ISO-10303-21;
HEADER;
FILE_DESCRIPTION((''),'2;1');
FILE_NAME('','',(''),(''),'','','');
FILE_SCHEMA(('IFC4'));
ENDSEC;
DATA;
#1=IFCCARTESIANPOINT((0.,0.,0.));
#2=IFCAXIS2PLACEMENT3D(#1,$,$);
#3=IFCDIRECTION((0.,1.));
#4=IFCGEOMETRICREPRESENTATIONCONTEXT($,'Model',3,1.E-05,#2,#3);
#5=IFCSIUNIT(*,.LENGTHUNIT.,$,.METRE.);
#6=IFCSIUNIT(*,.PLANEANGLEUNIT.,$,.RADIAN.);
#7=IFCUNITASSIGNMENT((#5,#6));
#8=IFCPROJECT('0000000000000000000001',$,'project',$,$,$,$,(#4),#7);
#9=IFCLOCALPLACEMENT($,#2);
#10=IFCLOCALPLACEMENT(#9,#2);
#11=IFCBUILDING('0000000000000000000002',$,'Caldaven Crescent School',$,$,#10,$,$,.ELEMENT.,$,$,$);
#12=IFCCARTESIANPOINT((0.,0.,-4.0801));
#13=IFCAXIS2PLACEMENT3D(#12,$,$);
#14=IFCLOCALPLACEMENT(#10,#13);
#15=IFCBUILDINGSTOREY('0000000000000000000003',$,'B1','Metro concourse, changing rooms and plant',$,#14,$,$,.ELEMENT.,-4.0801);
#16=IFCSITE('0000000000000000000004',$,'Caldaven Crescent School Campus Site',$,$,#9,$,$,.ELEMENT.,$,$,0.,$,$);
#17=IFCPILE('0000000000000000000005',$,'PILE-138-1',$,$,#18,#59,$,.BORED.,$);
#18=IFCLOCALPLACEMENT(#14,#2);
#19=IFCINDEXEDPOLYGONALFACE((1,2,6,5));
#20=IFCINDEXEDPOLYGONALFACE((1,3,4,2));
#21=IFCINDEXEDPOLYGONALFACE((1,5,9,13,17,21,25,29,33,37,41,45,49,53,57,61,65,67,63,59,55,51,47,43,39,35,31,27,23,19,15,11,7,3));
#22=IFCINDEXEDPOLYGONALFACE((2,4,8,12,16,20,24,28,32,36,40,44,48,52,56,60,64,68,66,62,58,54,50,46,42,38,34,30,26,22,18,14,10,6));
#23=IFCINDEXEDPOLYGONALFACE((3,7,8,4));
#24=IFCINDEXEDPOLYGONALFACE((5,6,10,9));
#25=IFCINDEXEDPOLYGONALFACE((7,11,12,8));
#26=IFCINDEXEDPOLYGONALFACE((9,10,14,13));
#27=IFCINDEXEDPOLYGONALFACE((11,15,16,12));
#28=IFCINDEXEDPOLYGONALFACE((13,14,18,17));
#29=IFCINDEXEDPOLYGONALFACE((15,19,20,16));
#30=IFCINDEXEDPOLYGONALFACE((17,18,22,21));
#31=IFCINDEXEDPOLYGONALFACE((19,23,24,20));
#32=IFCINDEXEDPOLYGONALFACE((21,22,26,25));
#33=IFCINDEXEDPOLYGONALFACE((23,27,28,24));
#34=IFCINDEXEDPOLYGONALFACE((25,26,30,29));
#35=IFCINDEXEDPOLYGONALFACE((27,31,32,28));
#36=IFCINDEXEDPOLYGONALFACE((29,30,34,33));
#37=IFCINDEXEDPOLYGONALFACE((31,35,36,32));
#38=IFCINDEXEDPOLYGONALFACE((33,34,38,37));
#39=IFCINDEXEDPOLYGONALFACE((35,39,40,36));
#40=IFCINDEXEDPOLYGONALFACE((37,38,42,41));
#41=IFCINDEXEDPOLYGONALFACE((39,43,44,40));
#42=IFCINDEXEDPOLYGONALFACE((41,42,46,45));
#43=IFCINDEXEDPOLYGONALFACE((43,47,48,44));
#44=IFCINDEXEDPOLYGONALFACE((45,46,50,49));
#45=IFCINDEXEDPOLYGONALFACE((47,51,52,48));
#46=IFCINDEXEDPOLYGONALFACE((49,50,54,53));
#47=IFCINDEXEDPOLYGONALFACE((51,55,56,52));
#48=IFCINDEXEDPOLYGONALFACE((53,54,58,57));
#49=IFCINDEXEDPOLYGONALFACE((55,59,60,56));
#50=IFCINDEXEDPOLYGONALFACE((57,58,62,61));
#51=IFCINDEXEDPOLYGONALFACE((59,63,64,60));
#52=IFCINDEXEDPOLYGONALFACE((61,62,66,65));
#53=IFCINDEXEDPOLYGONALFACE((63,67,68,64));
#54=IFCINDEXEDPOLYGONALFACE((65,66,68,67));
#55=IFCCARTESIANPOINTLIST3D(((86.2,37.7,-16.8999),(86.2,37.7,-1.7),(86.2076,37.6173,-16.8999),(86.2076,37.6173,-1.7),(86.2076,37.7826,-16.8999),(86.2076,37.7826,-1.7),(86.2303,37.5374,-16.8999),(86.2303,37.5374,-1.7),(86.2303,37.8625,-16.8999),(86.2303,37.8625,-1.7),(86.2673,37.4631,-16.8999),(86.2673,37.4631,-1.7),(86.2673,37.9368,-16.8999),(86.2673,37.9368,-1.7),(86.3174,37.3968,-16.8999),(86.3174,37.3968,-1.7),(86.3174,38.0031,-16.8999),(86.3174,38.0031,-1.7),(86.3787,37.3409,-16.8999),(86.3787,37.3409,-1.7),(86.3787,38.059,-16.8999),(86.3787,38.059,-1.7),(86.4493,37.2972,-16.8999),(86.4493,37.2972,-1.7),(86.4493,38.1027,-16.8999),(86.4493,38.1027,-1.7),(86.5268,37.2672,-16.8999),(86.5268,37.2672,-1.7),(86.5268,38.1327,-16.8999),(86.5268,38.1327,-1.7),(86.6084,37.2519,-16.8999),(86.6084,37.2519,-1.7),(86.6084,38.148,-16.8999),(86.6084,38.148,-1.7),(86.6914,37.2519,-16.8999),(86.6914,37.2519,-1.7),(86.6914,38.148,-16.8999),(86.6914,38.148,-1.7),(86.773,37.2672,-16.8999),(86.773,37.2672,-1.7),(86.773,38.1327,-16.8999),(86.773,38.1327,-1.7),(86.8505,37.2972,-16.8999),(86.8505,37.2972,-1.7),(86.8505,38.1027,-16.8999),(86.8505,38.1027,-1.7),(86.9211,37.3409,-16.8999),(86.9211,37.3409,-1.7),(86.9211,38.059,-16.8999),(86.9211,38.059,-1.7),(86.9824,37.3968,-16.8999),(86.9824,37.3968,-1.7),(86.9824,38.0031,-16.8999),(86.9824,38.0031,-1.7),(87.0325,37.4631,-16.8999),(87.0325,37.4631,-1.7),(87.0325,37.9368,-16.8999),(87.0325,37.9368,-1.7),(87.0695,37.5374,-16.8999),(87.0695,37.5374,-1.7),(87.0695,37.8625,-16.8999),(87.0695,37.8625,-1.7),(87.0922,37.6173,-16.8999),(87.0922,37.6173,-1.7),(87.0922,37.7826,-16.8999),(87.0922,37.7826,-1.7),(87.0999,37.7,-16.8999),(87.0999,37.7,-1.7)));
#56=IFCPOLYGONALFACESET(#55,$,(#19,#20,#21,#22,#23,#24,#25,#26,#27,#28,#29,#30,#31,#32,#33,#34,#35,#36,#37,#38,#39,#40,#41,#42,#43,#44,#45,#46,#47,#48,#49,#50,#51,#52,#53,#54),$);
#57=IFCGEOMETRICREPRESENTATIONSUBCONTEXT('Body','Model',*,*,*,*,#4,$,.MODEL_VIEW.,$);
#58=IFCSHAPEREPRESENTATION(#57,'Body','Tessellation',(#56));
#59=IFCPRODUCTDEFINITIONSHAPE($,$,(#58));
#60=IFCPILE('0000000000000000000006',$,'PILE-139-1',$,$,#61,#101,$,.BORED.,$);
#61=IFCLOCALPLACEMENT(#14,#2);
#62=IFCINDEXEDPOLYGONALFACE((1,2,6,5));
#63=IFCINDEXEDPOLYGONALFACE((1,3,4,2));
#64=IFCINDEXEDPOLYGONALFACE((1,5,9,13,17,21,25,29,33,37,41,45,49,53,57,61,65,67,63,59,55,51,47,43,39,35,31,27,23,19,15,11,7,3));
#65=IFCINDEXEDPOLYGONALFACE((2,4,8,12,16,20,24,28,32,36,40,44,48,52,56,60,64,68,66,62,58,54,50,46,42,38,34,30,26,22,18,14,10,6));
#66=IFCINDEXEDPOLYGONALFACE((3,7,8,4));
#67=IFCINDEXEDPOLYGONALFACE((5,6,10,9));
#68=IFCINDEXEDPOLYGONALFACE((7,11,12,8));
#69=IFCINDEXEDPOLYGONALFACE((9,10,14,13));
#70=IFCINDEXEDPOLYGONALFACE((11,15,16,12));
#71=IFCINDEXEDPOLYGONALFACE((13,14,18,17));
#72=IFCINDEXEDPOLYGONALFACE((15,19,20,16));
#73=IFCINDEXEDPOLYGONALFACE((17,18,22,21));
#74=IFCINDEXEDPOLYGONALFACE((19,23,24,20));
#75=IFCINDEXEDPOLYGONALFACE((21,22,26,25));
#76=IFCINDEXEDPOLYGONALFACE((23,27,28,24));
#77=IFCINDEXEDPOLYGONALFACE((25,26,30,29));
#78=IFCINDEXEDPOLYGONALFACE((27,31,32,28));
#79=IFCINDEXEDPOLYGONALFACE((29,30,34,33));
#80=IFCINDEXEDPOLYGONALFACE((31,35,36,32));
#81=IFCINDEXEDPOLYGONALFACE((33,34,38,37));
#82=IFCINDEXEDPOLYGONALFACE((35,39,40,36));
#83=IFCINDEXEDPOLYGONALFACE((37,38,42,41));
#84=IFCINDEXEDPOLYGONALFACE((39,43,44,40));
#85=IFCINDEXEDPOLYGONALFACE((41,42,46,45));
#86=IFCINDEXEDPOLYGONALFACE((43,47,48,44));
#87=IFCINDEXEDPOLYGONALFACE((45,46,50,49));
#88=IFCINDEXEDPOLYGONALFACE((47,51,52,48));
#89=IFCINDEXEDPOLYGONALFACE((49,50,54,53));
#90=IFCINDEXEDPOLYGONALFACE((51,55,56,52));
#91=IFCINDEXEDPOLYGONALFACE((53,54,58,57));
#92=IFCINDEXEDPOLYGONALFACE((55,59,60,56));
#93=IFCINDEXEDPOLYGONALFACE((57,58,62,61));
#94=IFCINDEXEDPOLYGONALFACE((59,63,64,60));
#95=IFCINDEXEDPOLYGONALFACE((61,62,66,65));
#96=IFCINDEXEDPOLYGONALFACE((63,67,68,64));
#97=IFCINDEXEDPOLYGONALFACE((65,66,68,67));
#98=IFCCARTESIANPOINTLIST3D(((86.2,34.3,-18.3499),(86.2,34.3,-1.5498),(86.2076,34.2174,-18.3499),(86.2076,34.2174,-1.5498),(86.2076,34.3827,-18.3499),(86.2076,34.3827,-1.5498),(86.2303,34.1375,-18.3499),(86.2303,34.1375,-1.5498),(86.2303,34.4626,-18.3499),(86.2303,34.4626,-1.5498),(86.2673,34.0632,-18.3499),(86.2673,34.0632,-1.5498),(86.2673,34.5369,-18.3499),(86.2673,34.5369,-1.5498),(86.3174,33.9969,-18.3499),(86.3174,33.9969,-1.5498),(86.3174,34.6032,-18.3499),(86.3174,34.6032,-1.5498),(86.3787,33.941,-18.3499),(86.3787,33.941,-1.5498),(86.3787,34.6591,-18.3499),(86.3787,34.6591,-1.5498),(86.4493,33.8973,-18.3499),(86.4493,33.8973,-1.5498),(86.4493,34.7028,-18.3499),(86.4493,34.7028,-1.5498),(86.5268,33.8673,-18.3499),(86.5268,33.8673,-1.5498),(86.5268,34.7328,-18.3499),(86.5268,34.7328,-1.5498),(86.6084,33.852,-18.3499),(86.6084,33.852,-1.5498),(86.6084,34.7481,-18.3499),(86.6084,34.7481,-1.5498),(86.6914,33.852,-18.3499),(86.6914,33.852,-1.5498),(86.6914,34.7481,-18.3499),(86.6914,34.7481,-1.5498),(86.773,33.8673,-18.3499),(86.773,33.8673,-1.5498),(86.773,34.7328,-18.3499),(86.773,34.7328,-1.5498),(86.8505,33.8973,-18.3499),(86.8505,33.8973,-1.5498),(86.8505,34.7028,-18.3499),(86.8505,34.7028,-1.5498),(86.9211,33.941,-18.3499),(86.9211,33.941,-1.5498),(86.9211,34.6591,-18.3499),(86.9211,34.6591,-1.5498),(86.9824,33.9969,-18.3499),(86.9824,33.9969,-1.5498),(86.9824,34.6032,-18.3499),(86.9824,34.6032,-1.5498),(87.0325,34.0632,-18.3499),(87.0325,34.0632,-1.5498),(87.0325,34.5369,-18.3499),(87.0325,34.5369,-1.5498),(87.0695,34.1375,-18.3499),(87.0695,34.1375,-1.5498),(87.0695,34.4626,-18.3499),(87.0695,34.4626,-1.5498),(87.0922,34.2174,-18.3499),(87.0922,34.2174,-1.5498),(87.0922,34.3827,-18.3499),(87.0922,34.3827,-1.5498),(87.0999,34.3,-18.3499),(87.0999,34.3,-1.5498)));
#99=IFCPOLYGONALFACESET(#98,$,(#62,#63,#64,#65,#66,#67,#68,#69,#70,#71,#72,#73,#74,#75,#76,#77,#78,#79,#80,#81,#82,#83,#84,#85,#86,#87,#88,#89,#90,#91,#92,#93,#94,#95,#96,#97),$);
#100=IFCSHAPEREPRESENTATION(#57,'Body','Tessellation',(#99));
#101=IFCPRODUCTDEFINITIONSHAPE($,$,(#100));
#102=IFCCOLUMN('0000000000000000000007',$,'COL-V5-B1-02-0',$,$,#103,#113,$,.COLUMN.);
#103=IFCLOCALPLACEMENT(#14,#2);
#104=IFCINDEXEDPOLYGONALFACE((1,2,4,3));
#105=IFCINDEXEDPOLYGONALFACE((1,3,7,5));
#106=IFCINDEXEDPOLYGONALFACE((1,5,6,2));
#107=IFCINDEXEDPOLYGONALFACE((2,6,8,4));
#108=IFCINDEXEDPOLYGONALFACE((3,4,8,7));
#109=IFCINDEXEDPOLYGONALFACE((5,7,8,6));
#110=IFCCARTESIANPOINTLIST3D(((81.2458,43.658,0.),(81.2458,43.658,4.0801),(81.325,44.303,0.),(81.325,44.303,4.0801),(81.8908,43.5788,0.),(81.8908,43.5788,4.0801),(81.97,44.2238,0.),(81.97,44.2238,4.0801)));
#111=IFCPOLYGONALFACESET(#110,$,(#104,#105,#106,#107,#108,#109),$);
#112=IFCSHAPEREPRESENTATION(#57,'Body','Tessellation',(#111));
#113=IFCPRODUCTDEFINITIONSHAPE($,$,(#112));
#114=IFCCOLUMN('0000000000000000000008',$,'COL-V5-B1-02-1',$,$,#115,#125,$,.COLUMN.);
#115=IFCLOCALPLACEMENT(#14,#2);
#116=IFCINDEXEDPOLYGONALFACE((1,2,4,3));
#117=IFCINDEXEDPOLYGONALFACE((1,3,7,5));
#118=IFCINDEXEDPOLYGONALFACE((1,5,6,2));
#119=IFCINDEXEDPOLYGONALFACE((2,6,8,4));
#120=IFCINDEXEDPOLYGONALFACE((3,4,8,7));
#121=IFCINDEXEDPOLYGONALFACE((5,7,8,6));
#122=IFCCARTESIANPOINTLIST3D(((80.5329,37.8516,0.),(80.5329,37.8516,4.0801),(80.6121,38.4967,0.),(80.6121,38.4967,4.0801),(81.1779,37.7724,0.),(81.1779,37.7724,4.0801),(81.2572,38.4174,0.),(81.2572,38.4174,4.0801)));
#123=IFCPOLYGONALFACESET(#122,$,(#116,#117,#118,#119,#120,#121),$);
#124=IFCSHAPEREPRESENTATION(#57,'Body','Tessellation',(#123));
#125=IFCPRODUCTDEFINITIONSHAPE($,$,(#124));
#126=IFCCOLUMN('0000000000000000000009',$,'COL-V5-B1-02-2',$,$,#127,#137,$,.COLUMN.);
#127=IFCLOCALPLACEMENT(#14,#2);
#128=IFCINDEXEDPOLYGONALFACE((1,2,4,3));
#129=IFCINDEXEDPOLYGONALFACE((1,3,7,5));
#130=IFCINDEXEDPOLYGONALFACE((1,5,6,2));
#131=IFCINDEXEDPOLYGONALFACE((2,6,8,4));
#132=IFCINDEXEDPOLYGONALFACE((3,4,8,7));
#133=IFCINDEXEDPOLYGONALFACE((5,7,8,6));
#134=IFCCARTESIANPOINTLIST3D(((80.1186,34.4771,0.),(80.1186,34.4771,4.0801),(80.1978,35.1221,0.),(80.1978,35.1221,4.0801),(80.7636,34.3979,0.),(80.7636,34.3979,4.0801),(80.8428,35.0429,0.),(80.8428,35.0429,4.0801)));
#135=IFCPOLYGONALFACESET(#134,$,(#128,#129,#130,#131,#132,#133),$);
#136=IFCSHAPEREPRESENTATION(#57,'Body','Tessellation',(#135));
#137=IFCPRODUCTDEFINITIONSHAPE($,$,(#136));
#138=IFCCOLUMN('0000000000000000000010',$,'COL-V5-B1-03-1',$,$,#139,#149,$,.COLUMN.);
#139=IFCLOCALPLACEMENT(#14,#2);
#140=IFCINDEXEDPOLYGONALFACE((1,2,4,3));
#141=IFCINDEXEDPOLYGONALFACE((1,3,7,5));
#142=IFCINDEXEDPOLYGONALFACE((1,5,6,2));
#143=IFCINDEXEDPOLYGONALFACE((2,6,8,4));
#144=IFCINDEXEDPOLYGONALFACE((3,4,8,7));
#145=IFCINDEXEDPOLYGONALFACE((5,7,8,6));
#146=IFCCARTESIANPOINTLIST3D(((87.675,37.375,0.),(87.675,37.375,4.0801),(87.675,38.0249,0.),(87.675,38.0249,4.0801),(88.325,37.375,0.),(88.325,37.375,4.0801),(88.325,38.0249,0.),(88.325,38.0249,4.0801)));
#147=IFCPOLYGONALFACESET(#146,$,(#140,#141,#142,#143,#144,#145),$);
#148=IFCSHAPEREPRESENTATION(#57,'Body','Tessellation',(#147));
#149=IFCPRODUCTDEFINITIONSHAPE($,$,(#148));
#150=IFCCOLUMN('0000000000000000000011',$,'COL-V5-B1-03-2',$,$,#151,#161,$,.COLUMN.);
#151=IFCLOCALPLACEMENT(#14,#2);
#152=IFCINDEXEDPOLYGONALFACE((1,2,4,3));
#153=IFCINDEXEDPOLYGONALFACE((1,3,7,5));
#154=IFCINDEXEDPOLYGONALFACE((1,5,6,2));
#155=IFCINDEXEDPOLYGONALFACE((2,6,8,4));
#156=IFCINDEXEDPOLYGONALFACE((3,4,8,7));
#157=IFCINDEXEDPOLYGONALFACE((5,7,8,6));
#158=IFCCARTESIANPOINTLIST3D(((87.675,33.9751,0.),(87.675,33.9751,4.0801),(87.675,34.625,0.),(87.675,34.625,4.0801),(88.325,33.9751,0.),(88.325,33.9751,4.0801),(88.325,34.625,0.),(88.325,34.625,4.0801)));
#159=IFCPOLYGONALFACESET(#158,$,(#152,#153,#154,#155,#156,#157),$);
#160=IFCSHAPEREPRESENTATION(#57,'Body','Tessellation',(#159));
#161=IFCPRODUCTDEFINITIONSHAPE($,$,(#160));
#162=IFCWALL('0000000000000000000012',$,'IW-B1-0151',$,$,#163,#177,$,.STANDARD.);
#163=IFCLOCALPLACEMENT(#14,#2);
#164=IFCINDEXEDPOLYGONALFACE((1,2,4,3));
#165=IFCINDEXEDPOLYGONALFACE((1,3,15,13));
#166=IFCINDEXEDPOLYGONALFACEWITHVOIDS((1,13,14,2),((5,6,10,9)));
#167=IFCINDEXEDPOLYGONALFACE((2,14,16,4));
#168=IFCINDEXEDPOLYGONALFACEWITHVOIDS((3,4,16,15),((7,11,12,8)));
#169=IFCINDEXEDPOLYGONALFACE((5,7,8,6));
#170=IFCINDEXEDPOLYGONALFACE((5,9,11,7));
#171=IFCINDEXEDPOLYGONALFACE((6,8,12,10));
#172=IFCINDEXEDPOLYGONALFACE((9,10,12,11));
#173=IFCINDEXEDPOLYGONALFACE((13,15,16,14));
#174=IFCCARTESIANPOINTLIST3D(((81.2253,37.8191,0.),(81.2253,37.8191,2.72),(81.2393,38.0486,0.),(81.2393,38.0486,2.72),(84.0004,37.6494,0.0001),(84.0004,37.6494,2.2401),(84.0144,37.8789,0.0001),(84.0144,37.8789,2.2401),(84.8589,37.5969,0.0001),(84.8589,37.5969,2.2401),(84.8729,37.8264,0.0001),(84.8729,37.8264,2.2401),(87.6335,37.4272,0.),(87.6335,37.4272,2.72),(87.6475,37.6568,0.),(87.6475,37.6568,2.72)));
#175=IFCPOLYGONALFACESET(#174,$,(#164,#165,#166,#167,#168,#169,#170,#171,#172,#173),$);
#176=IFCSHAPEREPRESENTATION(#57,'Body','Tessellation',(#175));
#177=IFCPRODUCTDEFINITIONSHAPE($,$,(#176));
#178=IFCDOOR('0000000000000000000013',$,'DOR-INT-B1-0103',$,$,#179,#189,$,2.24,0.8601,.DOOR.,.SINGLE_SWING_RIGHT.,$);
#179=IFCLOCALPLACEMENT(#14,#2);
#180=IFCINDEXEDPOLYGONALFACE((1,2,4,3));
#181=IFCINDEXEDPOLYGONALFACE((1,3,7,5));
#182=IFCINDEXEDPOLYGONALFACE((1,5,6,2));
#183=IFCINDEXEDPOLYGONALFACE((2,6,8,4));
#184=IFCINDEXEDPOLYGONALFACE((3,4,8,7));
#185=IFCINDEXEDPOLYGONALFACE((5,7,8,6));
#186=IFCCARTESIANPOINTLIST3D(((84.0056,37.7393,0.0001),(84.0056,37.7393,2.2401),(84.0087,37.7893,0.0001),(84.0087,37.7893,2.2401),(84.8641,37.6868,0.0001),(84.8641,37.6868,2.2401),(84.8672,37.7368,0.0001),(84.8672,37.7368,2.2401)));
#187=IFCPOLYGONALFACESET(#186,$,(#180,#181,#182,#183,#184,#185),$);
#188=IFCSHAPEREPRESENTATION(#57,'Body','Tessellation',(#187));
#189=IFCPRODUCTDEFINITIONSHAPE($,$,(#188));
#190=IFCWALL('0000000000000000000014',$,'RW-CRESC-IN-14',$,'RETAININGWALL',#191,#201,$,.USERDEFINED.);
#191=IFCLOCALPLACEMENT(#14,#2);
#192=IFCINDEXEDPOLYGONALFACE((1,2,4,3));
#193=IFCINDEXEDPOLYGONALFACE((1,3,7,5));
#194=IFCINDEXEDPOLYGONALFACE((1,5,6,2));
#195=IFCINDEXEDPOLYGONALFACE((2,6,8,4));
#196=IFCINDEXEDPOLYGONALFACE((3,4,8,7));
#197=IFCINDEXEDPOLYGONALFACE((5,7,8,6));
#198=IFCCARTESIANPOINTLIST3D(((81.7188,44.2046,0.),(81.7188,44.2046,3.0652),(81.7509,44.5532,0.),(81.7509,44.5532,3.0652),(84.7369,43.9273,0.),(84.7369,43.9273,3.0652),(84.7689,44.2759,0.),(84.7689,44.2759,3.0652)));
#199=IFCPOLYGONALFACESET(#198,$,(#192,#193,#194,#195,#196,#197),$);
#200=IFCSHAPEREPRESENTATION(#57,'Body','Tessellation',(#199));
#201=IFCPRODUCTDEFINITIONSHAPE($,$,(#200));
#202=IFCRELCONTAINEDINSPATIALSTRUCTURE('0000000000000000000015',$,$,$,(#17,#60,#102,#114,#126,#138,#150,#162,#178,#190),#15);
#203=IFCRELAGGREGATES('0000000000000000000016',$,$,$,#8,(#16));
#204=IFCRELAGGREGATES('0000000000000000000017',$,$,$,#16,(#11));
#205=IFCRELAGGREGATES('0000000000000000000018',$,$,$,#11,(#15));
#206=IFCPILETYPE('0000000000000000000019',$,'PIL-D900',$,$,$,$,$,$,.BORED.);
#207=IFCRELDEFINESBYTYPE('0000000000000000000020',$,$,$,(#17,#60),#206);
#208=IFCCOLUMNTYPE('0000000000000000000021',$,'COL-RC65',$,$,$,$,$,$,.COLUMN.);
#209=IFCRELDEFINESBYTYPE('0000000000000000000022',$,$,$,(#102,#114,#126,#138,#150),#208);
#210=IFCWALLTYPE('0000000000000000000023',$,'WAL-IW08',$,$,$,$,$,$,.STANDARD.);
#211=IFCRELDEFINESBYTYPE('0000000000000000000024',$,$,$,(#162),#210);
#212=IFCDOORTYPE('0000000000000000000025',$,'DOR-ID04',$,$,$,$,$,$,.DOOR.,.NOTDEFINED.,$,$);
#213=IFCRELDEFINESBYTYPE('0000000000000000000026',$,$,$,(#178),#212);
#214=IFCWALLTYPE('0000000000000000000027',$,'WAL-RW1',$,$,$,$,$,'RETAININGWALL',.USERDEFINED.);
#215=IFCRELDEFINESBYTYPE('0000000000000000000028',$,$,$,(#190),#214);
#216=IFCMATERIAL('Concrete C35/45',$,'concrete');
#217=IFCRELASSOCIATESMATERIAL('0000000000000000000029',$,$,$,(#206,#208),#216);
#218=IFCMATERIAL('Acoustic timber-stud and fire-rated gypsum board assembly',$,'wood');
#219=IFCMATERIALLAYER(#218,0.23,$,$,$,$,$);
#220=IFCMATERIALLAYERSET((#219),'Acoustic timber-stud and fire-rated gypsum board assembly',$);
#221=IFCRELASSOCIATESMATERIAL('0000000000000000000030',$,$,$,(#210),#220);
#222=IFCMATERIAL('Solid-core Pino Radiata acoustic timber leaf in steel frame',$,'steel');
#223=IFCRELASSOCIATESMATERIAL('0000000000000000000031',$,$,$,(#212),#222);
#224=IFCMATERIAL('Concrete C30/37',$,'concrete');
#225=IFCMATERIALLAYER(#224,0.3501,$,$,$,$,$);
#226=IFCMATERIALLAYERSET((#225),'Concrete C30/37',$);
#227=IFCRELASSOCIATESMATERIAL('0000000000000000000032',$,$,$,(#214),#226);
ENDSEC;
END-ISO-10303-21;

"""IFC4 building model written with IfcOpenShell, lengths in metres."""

from ifc_helpers import new_model, si_unit, direction, frame, frame_2d, origin, origin_2d, place, context, subcontext, project, spatial, rectangle, circle, extrude, material, layer, layer_set, material_profile, profile_set, type_object, element, fill, save


model = new_model("IFC4")

# Units and contexts
model_context = context("Model", 3, precision=1e-05, world=origin(), true_north=direction((0.0, 1.0)))
body_context = subcontext(model_context, "Body", "Model", "MODEL_VIEW")
ifc_project = project(units=[si_unit("LENGTHUNIT", "METRE"), si_unit("PLANEANGLEUNIT", "RADIAN")], contexts=[model_context])

# Site, building, storey
site_placement = place(None, origin())
site = spatial("IfcSite", under=ifc_project, at=site_placement, Name="Caldaven Crescent School Campus Site", CompositionType="ELEMENT", RefElevation=0.0)
building_placement = place(site_placement, origin())
building = spatial("IfcBuilding", under=site, at=building_placement, Name="Caldaven Crescent School", CompositionType="ELEMENT")
storey_placement = place(building_placement, frame((0.0, 0.0, -4.0801)))
storey = spatial("IfcBuildingStorey", under=building, at=storey_placement, Name="B1", Description="Metro concourse, changing rooms and plant", CompositionType="ELEMENT", Elevation=-4.0801)

# Shared definitions
ifc_material_1 = material(Name="Concrete C30/37", Category="concrete")
ifc_material_2 = material(Name="Concrete C35/45", Category="concrete")

# Piles
ifc_material_profile_1 = material_profile(ifc_material_2, circle(Radius=0.45, at=origin_2d()), Name="PILE D900")
ifc_profile_set_1 = profile_set([ifc_material_profile_1], Name="Concrete C35/45")
pile_type = type_object("IfcPileType", Name="PIL-D900", PredefinedType="BORED", material=ifc_profile_set_1)
for number, where, z_axis, x_axis, name in (
    (1, (86.6499, 37.7, -1.7), (0.0, 0.0, -1.0), (1.0, 0.0, 0.0), "PILE-138-1"),
):
    element("IfcPile", number, at=place(storey_placement, frame(where, z_axis=z_axis, x_axis=x_axis)), inside=storey, type_object=pile_type, Name=name, PredefinedType="BORED", context=body_context, shape_type="SweptSolid", body=[
        extrude(circle(Radius=0.45, at=origin_2d()), origin(), (0.0, 0.0, 1.0), 15.2),
    ])
pile_1_placement = place(storey_placement, frame((86.6499, 34.3, -1.5498), z_axis=(0.0, 0.0, -1.0), x_axis=(1.0, 0.0, 0.0)))
element("IfcPile", 2, at=pile_1_placement, inside=storey, type_object=pile_type, Name="PILE-139-1", PredefinedType="BORED", context=body_context, shape_type="SweptSolid", body=[
    extrude(circle(Radius=0.45, at=origin_2d()), origin(), (0.0, 0.0, 1.0), 16.8),
])

# Columns
ifc_material_profile_2 = material_profile(ifc_material_2, rectangle(XDim=0.6499, YDim=0.6499, at=origin_2d()), Name="RC 650x650")
ifc_profile_set_2 = profile_set([ifc_material_profile_2], Name="Concrete C35/45")
column_type = type_object("IfcColumnType", Name="COL-RC65", PredefinedType="COLUMN", material=ifc_profile_set_2)
for number, where, z_axis, x_axis, name in (
    (3, (81.6079, 43.9409, 0.0), (0.0, 0.0, 1.0), (-0.121869, -0.992546, 0.0), "COL-V5-B1-02-0"),
    (4, (80.895, 38.1345, 0.0), (0.0, 0.0, 1.0), (-0.121869, -0.992546, 0.0), "COL-V5-B1-02-1"),
    (5, (80.4807, 34.76, 0.0), (0.0, 0.0, 1.0), (-0.121869, -0.992546, 0.0), "COL-V5-B1-02-2"),
    (6, (88.0, 37.7, 0.0), (0.0, 0.0, 1.0), (0.0, -1.0, 0.0), "COL-V5-B1-03-1"),
    (7, (88.0, 34.3, 0.0), (0.0, 0.0, 1.0), (0.0, -1.0, 0.0), "COL-V5-B1-03-2"),
):
    element("IfcColumn", number, at=place(storey_placement, frame(where, z_axis=z_axis, x_axis=x_axis)), inside=storey, type_object=column_type, Name=name, PredefinedType="COLUMN", context=body_context, shape_type="SweptSolid", body=[
        extrude(rectangle(XDim=0.6499, YDim=0.6499, at=origin_2d()), origin(), (0.0, 0.0, 1.0), 4.0801),
    ])

# Wall, opening, door
ifc_material_3 = material(Name="Acoustic timber-stud and fire-rated gypsum board assembly", Category="wood")
ifc_layer_1 = layer(ifc_material_3, 0.23)
ifc_layer_set_1 = layer_set([ifc_layer_1], Name="Acoustic timber-stud and fire-rated gypsum board assembly")
wall_type_1 = type_object("IfcWallType", Name="WAL-IW08", PredefinedType="STANDARD", material=ifc_layer_set_1)
wall_1_placement = place(storey_placement, frame((81.2324, 37.9338, 0.0), z_axis=(0.0, 0.0, 1.0), x_axis=(0.998136, -0.061034, 0.0)))
wall_1 = element("IfcWall", 8, at=wall_1_placement, inside=storey, type_object=wall_type_1, Name="IW-B1-0151", PredefinedType="STANDARD", context=body_context, shape_type="SweptSolid", body=[
    extrude(rectangle(XDim=6.4202, YDim=0.23, at=frame_2d((3.21, 0.0))), origin(), (0.0, 0.0, 1.0), 2.72),
])
opening_placement = place(wall_1_placement, frame((2.78, 0.0, 0.0)))
opening = element("IfcOpeningElement", 9, at=opening_placement, cuts=wall_1, PredefinedType="OPENING", context=body_context, shape_type="SweptSolid", body=[
    extrude(rectangle(XDim=0.8601, YDim=2.24, at=frame_2d((0.4302, 1.1201))), frame((0.0, 0.125, 0.0), z_axis=(0.0, -1.0, 0.0), x_axis=(1.0, 0.0, 0.0)), (0.0, 0.0, 1.0), 0.25),
])
ifc_material_4 = material(Name="Solid-core Pino Radiata acoustic timber leaf in steel frame", Category="steel")
door_type = type_object("IfcDoorType", Name="DOR-ID04", OperationType="NOTDEFINED", PredefinedType="DOOR", material=ifc_material_4)
door_placement = place(opening_placement, frame((0.8601, 0.0, 0.0), z_axis=(0.0, 0.0, 1.0), x_axis=(-1.0, 0.0, 0.0)))
door = element("IfcDoor", 10, at=door_placement, inside=storey, type_object=door_type, Name="DOR-INT-B1-0103", OperationType="SINGLE_SWING_RIGHT", OverallHeight=2.24, OverallWidth=0.8601, PredefinedType="DOOR", context=body_context, shape_type="SweptSolid", body=[
    extrude(rectangle(XDim=0.8601, YDim=2.24, at=frame_2d((0.4302, 1.1201))), frame((0.0, 0.0249, 0.0), z_axis=(0.0, -1.0, 0.0), x_axis=(1.0, 0.0, 0.0)), (0.0, 0.0, 1.0), 0.05),
])
fill(opening, door)

# Wall
ifc_layer_2 = layer(ifc_material_1, 0.3501)
ifc_layer_set_2 = layer_set([ifc_layer_2], Name="Concrete C30/37")
wall_type_2 = type_object("IfcWallType", Name="WAL-RW1", ElementType="RETAININGWALL", PredefinedType="USERDEFINED", material=ifc_layer_set_2)
wall_2_placement = place(storey_placement, frame((81.7349, 44.3789, 0.0), z_axis=(0.0, 0.0, 1.0), x_axis=(0.995804, -0.091509, 0.0)))
element("IfcWall", 11, at=wall_2_placement, inside=storey, type_object=wall_type_2, Name="RW-CRESC-IN-14", ObjectType="RETAININGWALL", PredefinedType="USERDEFINED", context=body_context, shape_type="SweptSolid", body=[
    extrude(rectangle(XDim=3.0308, YDim=0.3501, at=frame_2d((1.5154, 0.0))), origin(), (0.0, 0.0, 1.0), 3.0652),
])

save(model, "model.ifc")
